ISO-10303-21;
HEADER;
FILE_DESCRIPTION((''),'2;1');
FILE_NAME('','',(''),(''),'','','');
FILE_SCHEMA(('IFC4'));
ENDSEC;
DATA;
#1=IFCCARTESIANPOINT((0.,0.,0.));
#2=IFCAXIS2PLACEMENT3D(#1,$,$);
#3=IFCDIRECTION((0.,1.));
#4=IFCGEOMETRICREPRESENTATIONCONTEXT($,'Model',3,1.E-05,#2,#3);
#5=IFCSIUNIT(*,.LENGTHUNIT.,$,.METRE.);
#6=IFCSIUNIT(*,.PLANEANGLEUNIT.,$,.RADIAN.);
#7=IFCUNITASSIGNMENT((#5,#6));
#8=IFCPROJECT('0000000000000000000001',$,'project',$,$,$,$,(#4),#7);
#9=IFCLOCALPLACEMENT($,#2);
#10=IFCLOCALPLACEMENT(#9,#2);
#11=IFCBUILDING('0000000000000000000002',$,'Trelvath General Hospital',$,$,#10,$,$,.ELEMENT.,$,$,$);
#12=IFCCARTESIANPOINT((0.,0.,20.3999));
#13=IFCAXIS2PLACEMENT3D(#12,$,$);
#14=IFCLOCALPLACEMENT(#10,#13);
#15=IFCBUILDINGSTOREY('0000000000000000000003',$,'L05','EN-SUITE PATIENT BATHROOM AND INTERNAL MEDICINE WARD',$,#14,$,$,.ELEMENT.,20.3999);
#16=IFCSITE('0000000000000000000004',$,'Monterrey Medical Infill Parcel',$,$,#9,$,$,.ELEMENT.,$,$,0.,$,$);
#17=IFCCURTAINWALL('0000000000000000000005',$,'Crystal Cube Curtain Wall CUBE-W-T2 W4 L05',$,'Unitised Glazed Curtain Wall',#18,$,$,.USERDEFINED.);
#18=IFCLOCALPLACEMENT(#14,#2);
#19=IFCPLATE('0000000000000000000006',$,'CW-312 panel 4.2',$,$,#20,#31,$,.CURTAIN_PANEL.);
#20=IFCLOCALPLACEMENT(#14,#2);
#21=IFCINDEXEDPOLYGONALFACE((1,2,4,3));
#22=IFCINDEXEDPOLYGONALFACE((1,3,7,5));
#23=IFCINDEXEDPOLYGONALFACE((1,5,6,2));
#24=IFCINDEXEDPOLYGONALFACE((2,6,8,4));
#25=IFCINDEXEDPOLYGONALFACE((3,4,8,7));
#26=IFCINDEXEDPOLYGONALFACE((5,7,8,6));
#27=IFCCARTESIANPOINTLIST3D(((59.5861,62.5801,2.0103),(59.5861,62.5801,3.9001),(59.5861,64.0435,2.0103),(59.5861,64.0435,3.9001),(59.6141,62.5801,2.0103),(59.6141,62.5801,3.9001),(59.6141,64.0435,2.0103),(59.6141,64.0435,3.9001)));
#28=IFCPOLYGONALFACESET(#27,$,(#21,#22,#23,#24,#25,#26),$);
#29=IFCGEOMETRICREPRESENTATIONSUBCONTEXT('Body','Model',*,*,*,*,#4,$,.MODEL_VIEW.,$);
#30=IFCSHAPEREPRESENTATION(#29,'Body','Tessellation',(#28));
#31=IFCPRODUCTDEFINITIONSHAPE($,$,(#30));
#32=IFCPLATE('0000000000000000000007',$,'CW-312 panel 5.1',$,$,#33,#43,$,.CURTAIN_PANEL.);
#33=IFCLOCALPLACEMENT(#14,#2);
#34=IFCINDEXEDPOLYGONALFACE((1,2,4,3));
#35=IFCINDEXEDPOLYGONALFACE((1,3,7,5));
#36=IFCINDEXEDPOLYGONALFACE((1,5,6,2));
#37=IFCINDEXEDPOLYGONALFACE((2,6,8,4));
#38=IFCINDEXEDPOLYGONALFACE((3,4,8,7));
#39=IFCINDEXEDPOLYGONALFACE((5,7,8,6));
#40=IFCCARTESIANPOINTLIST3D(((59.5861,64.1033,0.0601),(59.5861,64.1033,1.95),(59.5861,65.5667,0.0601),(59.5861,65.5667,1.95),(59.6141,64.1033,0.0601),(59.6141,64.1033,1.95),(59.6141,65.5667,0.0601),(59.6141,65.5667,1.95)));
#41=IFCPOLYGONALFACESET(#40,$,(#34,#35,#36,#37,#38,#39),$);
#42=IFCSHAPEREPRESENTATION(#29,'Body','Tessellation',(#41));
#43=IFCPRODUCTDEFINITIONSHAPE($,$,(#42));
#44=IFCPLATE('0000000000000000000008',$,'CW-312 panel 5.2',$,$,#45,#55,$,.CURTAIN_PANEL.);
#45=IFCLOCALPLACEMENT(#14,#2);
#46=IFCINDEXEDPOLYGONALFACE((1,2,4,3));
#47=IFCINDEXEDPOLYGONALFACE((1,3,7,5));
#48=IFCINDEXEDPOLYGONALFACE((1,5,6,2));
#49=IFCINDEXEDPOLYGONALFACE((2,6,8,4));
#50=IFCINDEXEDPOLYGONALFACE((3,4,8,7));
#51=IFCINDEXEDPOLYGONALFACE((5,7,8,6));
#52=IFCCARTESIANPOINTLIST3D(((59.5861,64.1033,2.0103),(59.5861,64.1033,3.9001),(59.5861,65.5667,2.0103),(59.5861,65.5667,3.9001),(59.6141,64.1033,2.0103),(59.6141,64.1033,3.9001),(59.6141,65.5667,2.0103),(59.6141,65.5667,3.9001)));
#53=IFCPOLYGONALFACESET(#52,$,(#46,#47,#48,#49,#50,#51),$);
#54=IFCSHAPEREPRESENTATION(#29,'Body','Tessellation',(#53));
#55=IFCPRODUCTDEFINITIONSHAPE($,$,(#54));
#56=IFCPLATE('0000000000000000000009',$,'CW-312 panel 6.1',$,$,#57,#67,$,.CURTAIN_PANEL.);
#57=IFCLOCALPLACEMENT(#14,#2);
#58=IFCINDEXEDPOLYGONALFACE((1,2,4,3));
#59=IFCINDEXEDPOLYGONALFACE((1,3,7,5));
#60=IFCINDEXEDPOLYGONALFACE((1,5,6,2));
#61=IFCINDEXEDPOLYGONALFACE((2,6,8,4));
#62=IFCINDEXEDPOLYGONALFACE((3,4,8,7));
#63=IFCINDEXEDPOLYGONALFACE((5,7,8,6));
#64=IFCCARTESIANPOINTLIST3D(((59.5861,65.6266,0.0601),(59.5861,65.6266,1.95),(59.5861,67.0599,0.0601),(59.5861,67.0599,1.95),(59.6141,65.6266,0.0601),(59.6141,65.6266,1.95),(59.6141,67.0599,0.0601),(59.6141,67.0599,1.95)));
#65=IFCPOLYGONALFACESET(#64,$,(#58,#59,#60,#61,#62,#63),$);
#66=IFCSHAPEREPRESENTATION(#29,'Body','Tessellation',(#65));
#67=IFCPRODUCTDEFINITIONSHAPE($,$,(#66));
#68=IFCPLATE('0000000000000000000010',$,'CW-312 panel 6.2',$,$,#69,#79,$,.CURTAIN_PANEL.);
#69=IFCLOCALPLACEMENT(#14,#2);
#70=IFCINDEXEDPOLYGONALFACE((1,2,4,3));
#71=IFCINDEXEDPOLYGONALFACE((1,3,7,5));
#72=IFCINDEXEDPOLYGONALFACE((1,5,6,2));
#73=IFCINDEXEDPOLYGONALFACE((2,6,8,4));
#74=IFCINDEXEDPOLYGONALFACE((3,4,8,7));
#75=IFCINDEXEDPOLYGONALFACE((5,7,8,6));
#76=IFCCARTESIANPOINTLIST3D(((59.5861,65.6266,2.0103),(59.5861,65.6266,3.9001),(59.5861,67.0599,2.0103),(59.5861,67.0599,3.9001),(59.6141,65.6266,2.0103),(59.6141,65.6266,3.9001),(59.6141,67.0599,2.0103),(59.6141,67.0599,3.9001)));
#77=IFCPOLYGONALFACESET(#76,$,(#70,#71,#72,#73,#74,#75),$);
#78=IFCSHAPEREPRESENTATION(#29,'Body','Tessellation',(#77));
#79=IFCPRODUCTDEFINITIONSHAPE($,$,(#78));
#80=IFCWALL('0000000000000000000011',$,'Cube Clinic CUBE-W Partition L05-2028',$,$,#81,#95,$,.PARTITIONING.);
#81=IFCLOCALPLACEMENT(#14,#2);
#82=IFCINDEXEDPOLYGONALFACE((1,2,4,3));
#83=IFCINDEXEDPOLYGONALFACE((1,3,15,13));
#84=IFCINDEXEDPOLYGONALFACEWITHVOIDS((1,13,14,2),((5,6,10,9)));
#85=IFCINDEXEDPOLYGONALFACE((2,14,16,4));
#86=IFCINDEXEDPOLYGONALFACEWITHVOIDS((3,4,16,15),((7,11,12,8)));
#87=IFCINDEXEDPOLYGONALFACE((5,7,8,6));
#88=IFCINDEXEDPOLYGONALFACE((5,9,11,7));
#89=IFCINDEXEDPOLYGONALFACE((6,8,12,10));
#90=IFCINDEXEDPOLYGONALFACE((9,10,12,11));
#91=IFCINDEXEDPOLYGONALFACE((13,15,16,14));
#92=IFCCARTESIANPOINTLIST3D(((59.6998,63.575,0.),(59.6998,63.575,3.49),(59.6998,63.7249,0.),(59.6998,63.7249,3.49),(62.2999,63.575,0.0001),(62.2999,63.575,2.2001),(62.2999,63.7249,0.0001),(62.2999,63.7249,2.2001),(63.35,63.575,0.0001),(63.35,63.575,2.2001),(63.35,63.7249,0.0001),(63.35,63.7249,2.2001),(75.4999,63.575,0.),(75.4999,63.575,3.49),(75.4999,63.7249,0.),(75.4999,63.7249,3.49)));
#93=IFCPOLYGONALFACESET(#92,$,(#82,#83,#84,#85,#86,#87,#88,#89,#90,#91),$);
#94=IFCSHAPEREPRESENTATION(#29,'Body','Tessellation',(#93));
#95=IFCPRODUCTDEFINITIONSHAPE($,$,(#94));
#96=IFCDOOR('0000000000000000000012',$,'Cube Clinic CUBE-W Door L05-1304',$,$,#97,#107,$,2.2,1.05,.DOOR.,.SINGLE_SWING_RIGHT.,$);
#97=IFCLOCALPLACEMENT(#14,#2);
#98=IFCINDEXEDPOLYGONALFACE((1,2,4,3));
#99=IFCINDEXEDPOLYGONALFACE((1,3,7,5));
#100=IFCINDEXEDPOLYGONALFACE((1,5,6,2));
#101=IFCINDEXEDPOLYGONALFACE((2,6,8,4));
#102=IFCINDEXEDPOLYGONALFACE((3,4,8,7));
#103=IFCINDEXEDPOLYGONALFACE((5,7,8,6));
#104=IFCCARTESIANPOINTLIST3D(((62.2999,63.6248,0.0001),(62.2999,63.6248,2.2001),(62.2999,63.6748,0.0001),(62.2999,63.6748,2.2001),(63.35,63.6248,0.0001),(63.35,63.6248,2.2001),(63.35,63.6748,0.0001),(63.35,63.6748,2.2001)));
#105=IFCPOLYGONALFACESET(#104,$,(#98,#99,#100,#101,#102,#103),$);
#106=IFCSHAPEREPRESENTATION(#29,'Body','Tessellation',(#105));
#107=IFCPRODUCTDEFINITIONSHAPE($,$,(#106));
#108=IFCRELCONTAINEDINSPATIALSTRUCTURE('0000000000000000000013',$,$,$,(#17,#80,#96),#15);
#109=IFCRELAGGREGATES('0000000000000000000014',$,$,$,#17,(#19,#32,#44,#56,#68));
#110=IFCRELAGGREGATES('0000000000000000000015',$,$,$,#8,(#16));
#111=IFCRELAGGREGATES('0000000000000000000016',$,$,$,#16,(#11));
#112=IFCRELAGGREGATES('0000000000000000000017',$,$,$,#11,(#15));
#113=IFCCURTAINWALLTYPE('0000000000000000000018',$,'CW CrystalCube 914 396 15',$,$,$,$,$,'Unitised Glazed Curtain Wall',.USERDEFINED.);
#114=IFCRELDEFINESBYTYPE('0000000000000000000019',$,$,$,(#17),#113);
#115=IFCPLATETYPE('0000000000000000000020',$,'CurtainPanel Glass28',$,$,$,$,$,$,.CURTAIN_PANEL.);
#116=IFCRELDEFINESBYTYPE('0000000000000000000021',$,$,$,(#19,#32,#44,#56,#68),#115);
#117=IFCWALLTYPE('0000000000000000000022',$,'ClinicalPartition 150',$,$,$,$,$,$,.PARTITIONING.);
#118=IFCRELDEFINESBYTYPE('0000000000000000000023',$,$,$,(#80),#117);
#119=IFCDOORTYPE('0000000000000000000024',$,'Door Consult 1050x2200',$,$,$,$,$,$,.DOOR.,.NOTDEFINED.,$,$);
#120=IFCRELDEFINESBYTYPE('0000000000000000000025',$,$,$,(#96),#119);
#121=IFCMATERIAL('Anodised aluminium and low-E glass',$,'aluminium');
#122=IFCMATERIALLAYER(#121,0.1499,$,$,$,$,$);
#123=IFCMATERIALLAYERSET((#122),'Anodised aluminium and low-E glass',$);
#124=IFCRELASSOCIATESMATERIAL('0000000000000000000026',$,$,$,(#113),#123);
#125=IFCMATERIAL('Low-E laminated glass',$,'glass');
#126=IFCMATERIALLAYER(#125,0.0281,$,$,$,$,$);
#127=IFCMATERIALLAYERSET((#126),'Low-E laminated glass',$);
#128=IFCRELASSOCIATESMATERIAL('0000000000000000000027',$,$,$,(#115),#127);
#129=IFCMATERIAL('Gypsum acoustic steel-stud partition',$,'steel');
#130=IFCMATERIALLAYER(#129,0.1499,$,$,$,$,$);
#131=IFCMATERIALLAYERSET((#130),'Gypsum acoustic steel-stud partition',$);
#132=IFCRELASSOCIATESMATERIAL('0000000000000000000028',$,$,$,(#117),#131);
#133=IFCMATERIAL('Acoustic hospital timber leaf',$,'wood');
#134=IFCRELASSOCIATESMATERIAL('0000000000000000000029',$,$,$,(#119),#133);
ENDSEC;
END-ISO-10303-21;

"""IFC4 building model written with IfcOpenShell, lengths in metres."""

from ifc_helpers import new_model, si_unit, direction, frame, frame_2d, origin, origin_2d, place, context, subcontext, project, spatial, rectangle, extrude, material, layer, layer_set, type_object, element, fill, aggregate, save


model = new_model("IFC4")

# Units and contexts
model_context = context("Model", 3, precision=1e-05, world=origin(), true_north=direction((0.0, 1.0)))
body_context = subcontext(model_context, "Body", "Model", "MODEL_VIEW")
ifc_project = project(units=[si_unit("LENGTHUNIT", "METRE"), si_unit("PLANEANGLEUNIT", "RADIAN")], contexts=[model_context])

# Site, building, storey
site_placement = place(None, origin())
site = spatial("IfcSite", under=ifc_project, at=site_placement, Name="Monterrey Medical Infill Parcel", CompositionType="ELEMENT", RefElevation=0.0)
building_placement = place(site_placement, origin())
building = spatial("IfcBuilding", under=site, at=building_placement, Name="Trelvath General Hospital", CompositionType="ELEMENT")
storey_placement = place(building_placement, frame((0.0, 0.0, 20.3999)))
storey = spatial("IfcBuildingStorey", under=building, at=storey_placement, Name="L05", Description="EN-SUITE PATIENT BATHROOM AND INTERNAL MEDICINE WARD", CompositionType="ELEMENT", Elevation=20.3999)

# Curtain wall, plates
ifc_material_1 = material(Name="Anodised aluminium and low-E glass", Category="aluminium")
ifc_layer_1 = layer(ifc_material_1, 0.1499)
ifc_layer_set_1 = layer_set([ifc_layer_1], Name="Anodised aluminium and low-E glass")
curtain_wall_type = type_object("IfcCurtainWallType", Name="CW CrystalCube 914 396 15", ElementType="Unitised Glazed Curtain Wall", PredefinedType="USERDEFINED", material=ifc_layer_set_1)
curtain_wall_placement = place(storey_placement, origin())
curtain_wall = element("IfcCurtainWall", 1, at=curtain_wall_placement, inside=storey, type_object=curtain_wall_type, Name="Crystal Cube Curtain Wall CUBE-W-T2 W4 L05", ObjectType="Unitised Glazed Curtain Wall", PredefinedType="USERDEFINED")
ifc_material_2 = material(Name="Low-E laminated glass", Category="glass")
ifc_layer_2 = layer(ifc_material_2, 0.0281)
ifc_layer_set_2 = layer_set([ifc_layer_2], Name="Low-E laminated glass")
plate_type = type_object("IfcPlateType", Name="CurtainPanel Glass28", PredefinedType="CURTAIN_PANEL", material=ifc_layer_set_2)
plate_1_placement = place(storey_placement, frame((59.6001, 63.3118, 2.0103), z_axis=(0.0, 0.0, 1.0), x_axis=(0.0, 1.0, 0.0)))
plate_1 = element("IfcPlate", 2, at=plate_1_placement, type_object=plate_type, Name="CW-312 panel 4.2", PredefinedType="CURTAIN_PANEL", context=body_context, shape_type="SweptSolid", body=[
    extrude(rectangle(XDim=1.4634, YDim=0.0281, at=origin_2d()), origin(), (0.0, 0.0, 1.0), 1.8899),
])
plate_2_placement = place(storey_placement, frame((59.6001, 64.835, 0.0601), z_axis=(0.0, 0.0, 1.0), x_axis=(0.0, 1.0, 0.0)))
plate_2 = element("IfcPlate", 3, at=plate_2_placement, type_object=plate_type, Name="CW-312 panel 5.1", PredefinedType="CURTAIN_PANEL", context=body_context, shape_type="SweptSolid", body=[
    extrude(rectangle(XDim=1.4634, YDim=0.0281, at=origin_2d()), origin(), (0.0, 0.0, 1.0), 1.8899),
])
plate_3_placement = place(storey_placement, frame((59.6001, 64.835, 2.0103), z_axis=(0.0, 0.0, 1.0), x_axis=(0.0, 1.0, 0.0)))
plate_3 = element("IfcPlate", 4, at=plate_3_placement, type_object=plate_type, Name="CW-312 panel 5.2", PredefinedType="CURTAIN_PANEL", context=body_context, shape_type="SweptSolid", body=[
    extrude(rectangle(XDim=1.4634, YDim=0.0281, at=origin_2d()), origin(), (0.0, 0.0, 1.0), 1.8899),
])
plate_4_placement = place(storey_placement, frame((59.6001, 66.3433, 0.0601), z_axis=(0.0, 0.0, 1.0), x_axis=(0.0, 1.0, 0.0)))
plate_4 = element("IfcPlate", 5, at=plate_4_placement, type_object=plate_type, Name="CW-312 panel 6.1", PredefinedType="CURTAIN_PANEL", context=body_context, shape_type="SweptSolid", body=[
    extrude(rectangle(XDim=1.4333, YDim=0.0281, at=origin_2d()), origin(), (0.0, 0.0, 1.0), 1.8899),
])
plate_5_placement = place(storey_placement, frame((59.6001, 66.3433, 2.0103), z_axis=(0.0, 0.0, 1.0), x_axis=(0.0, 1.0, 0.0)))
plate_5 = element("IfcPlate", 6, at=plate_5_placement, type_object=plate_type, Name="CW-312 panel 6.2", PredefinedType="CURTAIN_PANEL", context=body_context, shape_type="SweptSolid", body=[
    extrude(rectangle(XDim=1.4333, YDim=0.0281, at=origin_2d()), origin(), (0.0, 0.0, 1.0), 1.8899),
])
aggregate(curtain_wall, [plate_1, plate_2, plate_3, plate_4, plate_5])

# Wall, opening, door
ifc_material_3 = material(Name="Gypsum acoustic steel-stud partition", Category="steel")
ifc_layer_3 = layer(ifc_material_3, 0.1499)
ifc_layer_set_3 = layer_set([ifc_layer_3], Name="Gypsum acoustic steel-stud partition")
wall_type = type_object("IfcWallType", Name="ClinicalPartition 150", PredefinedType="PARTITIONING", material=ifc_layer_set_3)
wall_placement = place(storey_placement, frame((59.7, 63.6499, 0.0), z_axis=(0.0, 0.0, 1.0), x_axis=(1.0, 0.0, 0.0)))
wall = element("IfcWall", 7, at=wall_placement, inside=storey, type_object=wall_type, Name="Cube Clinic CUBE-W Partition L05-2028", PredefinedType="PARTITIONING", context=body_context, shape_type="SweptSolid", body=[
    extrude(rectangle(XDim=15.8, YDim=0.1499, at=frame_2d((7.8999, 0.0))), origin(), (0.0, 0.0, 1.0), 3.49),
])
opening_placement = place(wall_placement, frame((2.6001, 0.0, 0.0)))
opening = element("IfcOpeningElement", 8, at=opening_placement, cuts=wall, PredefinedType="OPENING", context=body_context, shape_type="SweptSolid", body=[
    extrude(rectangle(XDim=1.05, YDim=2.2, at=frame_2d((0.5249, 1.1001))), frame((0.0, 0.085, 0.0), z_axis=(0.0, -1.0, 0.0), x_axis=(1.0, 0.0, 0.0)), (0.0, 0.0, 1.0), 0.1699),
])
ifc_material_4 = material(Name="Acoustic hospital timber leaf", Category="wood")
door_type = type_object("IfcDoorType", Name="Door Consult 1050x2200", OperationType="NOTDEFINED", PredefinedType="DOOR", material=ifc_material_4)
door_placement = place(opening_placement, origin())
door = element("IfcDoor", 9, at=door_placement, inside=storey, type_object=door_type, Name="Cube Clinic CUBE-W Door L05-1304", OperationType="SINGLE_SWING_RIGHT", OverallHeight=2.2, OverallWidth=1.05, PredefinedType="DOOR", context=body_context, shape_type="SweptSolid", body=[
    extrude(rectangle(XDim=1.05, YDim=2.2, at=frame_2d((0.5249, 1.1001))), frame((0.0, 0.0249, 0.0), z_axis=(0.0, -1.0, 0.0), x_axis=(1.0, 0.0, 0.0)), (0.0, 0.0, 1.0), 0.05),
])
fill(opening, door)

save(model, "model.ifc")
